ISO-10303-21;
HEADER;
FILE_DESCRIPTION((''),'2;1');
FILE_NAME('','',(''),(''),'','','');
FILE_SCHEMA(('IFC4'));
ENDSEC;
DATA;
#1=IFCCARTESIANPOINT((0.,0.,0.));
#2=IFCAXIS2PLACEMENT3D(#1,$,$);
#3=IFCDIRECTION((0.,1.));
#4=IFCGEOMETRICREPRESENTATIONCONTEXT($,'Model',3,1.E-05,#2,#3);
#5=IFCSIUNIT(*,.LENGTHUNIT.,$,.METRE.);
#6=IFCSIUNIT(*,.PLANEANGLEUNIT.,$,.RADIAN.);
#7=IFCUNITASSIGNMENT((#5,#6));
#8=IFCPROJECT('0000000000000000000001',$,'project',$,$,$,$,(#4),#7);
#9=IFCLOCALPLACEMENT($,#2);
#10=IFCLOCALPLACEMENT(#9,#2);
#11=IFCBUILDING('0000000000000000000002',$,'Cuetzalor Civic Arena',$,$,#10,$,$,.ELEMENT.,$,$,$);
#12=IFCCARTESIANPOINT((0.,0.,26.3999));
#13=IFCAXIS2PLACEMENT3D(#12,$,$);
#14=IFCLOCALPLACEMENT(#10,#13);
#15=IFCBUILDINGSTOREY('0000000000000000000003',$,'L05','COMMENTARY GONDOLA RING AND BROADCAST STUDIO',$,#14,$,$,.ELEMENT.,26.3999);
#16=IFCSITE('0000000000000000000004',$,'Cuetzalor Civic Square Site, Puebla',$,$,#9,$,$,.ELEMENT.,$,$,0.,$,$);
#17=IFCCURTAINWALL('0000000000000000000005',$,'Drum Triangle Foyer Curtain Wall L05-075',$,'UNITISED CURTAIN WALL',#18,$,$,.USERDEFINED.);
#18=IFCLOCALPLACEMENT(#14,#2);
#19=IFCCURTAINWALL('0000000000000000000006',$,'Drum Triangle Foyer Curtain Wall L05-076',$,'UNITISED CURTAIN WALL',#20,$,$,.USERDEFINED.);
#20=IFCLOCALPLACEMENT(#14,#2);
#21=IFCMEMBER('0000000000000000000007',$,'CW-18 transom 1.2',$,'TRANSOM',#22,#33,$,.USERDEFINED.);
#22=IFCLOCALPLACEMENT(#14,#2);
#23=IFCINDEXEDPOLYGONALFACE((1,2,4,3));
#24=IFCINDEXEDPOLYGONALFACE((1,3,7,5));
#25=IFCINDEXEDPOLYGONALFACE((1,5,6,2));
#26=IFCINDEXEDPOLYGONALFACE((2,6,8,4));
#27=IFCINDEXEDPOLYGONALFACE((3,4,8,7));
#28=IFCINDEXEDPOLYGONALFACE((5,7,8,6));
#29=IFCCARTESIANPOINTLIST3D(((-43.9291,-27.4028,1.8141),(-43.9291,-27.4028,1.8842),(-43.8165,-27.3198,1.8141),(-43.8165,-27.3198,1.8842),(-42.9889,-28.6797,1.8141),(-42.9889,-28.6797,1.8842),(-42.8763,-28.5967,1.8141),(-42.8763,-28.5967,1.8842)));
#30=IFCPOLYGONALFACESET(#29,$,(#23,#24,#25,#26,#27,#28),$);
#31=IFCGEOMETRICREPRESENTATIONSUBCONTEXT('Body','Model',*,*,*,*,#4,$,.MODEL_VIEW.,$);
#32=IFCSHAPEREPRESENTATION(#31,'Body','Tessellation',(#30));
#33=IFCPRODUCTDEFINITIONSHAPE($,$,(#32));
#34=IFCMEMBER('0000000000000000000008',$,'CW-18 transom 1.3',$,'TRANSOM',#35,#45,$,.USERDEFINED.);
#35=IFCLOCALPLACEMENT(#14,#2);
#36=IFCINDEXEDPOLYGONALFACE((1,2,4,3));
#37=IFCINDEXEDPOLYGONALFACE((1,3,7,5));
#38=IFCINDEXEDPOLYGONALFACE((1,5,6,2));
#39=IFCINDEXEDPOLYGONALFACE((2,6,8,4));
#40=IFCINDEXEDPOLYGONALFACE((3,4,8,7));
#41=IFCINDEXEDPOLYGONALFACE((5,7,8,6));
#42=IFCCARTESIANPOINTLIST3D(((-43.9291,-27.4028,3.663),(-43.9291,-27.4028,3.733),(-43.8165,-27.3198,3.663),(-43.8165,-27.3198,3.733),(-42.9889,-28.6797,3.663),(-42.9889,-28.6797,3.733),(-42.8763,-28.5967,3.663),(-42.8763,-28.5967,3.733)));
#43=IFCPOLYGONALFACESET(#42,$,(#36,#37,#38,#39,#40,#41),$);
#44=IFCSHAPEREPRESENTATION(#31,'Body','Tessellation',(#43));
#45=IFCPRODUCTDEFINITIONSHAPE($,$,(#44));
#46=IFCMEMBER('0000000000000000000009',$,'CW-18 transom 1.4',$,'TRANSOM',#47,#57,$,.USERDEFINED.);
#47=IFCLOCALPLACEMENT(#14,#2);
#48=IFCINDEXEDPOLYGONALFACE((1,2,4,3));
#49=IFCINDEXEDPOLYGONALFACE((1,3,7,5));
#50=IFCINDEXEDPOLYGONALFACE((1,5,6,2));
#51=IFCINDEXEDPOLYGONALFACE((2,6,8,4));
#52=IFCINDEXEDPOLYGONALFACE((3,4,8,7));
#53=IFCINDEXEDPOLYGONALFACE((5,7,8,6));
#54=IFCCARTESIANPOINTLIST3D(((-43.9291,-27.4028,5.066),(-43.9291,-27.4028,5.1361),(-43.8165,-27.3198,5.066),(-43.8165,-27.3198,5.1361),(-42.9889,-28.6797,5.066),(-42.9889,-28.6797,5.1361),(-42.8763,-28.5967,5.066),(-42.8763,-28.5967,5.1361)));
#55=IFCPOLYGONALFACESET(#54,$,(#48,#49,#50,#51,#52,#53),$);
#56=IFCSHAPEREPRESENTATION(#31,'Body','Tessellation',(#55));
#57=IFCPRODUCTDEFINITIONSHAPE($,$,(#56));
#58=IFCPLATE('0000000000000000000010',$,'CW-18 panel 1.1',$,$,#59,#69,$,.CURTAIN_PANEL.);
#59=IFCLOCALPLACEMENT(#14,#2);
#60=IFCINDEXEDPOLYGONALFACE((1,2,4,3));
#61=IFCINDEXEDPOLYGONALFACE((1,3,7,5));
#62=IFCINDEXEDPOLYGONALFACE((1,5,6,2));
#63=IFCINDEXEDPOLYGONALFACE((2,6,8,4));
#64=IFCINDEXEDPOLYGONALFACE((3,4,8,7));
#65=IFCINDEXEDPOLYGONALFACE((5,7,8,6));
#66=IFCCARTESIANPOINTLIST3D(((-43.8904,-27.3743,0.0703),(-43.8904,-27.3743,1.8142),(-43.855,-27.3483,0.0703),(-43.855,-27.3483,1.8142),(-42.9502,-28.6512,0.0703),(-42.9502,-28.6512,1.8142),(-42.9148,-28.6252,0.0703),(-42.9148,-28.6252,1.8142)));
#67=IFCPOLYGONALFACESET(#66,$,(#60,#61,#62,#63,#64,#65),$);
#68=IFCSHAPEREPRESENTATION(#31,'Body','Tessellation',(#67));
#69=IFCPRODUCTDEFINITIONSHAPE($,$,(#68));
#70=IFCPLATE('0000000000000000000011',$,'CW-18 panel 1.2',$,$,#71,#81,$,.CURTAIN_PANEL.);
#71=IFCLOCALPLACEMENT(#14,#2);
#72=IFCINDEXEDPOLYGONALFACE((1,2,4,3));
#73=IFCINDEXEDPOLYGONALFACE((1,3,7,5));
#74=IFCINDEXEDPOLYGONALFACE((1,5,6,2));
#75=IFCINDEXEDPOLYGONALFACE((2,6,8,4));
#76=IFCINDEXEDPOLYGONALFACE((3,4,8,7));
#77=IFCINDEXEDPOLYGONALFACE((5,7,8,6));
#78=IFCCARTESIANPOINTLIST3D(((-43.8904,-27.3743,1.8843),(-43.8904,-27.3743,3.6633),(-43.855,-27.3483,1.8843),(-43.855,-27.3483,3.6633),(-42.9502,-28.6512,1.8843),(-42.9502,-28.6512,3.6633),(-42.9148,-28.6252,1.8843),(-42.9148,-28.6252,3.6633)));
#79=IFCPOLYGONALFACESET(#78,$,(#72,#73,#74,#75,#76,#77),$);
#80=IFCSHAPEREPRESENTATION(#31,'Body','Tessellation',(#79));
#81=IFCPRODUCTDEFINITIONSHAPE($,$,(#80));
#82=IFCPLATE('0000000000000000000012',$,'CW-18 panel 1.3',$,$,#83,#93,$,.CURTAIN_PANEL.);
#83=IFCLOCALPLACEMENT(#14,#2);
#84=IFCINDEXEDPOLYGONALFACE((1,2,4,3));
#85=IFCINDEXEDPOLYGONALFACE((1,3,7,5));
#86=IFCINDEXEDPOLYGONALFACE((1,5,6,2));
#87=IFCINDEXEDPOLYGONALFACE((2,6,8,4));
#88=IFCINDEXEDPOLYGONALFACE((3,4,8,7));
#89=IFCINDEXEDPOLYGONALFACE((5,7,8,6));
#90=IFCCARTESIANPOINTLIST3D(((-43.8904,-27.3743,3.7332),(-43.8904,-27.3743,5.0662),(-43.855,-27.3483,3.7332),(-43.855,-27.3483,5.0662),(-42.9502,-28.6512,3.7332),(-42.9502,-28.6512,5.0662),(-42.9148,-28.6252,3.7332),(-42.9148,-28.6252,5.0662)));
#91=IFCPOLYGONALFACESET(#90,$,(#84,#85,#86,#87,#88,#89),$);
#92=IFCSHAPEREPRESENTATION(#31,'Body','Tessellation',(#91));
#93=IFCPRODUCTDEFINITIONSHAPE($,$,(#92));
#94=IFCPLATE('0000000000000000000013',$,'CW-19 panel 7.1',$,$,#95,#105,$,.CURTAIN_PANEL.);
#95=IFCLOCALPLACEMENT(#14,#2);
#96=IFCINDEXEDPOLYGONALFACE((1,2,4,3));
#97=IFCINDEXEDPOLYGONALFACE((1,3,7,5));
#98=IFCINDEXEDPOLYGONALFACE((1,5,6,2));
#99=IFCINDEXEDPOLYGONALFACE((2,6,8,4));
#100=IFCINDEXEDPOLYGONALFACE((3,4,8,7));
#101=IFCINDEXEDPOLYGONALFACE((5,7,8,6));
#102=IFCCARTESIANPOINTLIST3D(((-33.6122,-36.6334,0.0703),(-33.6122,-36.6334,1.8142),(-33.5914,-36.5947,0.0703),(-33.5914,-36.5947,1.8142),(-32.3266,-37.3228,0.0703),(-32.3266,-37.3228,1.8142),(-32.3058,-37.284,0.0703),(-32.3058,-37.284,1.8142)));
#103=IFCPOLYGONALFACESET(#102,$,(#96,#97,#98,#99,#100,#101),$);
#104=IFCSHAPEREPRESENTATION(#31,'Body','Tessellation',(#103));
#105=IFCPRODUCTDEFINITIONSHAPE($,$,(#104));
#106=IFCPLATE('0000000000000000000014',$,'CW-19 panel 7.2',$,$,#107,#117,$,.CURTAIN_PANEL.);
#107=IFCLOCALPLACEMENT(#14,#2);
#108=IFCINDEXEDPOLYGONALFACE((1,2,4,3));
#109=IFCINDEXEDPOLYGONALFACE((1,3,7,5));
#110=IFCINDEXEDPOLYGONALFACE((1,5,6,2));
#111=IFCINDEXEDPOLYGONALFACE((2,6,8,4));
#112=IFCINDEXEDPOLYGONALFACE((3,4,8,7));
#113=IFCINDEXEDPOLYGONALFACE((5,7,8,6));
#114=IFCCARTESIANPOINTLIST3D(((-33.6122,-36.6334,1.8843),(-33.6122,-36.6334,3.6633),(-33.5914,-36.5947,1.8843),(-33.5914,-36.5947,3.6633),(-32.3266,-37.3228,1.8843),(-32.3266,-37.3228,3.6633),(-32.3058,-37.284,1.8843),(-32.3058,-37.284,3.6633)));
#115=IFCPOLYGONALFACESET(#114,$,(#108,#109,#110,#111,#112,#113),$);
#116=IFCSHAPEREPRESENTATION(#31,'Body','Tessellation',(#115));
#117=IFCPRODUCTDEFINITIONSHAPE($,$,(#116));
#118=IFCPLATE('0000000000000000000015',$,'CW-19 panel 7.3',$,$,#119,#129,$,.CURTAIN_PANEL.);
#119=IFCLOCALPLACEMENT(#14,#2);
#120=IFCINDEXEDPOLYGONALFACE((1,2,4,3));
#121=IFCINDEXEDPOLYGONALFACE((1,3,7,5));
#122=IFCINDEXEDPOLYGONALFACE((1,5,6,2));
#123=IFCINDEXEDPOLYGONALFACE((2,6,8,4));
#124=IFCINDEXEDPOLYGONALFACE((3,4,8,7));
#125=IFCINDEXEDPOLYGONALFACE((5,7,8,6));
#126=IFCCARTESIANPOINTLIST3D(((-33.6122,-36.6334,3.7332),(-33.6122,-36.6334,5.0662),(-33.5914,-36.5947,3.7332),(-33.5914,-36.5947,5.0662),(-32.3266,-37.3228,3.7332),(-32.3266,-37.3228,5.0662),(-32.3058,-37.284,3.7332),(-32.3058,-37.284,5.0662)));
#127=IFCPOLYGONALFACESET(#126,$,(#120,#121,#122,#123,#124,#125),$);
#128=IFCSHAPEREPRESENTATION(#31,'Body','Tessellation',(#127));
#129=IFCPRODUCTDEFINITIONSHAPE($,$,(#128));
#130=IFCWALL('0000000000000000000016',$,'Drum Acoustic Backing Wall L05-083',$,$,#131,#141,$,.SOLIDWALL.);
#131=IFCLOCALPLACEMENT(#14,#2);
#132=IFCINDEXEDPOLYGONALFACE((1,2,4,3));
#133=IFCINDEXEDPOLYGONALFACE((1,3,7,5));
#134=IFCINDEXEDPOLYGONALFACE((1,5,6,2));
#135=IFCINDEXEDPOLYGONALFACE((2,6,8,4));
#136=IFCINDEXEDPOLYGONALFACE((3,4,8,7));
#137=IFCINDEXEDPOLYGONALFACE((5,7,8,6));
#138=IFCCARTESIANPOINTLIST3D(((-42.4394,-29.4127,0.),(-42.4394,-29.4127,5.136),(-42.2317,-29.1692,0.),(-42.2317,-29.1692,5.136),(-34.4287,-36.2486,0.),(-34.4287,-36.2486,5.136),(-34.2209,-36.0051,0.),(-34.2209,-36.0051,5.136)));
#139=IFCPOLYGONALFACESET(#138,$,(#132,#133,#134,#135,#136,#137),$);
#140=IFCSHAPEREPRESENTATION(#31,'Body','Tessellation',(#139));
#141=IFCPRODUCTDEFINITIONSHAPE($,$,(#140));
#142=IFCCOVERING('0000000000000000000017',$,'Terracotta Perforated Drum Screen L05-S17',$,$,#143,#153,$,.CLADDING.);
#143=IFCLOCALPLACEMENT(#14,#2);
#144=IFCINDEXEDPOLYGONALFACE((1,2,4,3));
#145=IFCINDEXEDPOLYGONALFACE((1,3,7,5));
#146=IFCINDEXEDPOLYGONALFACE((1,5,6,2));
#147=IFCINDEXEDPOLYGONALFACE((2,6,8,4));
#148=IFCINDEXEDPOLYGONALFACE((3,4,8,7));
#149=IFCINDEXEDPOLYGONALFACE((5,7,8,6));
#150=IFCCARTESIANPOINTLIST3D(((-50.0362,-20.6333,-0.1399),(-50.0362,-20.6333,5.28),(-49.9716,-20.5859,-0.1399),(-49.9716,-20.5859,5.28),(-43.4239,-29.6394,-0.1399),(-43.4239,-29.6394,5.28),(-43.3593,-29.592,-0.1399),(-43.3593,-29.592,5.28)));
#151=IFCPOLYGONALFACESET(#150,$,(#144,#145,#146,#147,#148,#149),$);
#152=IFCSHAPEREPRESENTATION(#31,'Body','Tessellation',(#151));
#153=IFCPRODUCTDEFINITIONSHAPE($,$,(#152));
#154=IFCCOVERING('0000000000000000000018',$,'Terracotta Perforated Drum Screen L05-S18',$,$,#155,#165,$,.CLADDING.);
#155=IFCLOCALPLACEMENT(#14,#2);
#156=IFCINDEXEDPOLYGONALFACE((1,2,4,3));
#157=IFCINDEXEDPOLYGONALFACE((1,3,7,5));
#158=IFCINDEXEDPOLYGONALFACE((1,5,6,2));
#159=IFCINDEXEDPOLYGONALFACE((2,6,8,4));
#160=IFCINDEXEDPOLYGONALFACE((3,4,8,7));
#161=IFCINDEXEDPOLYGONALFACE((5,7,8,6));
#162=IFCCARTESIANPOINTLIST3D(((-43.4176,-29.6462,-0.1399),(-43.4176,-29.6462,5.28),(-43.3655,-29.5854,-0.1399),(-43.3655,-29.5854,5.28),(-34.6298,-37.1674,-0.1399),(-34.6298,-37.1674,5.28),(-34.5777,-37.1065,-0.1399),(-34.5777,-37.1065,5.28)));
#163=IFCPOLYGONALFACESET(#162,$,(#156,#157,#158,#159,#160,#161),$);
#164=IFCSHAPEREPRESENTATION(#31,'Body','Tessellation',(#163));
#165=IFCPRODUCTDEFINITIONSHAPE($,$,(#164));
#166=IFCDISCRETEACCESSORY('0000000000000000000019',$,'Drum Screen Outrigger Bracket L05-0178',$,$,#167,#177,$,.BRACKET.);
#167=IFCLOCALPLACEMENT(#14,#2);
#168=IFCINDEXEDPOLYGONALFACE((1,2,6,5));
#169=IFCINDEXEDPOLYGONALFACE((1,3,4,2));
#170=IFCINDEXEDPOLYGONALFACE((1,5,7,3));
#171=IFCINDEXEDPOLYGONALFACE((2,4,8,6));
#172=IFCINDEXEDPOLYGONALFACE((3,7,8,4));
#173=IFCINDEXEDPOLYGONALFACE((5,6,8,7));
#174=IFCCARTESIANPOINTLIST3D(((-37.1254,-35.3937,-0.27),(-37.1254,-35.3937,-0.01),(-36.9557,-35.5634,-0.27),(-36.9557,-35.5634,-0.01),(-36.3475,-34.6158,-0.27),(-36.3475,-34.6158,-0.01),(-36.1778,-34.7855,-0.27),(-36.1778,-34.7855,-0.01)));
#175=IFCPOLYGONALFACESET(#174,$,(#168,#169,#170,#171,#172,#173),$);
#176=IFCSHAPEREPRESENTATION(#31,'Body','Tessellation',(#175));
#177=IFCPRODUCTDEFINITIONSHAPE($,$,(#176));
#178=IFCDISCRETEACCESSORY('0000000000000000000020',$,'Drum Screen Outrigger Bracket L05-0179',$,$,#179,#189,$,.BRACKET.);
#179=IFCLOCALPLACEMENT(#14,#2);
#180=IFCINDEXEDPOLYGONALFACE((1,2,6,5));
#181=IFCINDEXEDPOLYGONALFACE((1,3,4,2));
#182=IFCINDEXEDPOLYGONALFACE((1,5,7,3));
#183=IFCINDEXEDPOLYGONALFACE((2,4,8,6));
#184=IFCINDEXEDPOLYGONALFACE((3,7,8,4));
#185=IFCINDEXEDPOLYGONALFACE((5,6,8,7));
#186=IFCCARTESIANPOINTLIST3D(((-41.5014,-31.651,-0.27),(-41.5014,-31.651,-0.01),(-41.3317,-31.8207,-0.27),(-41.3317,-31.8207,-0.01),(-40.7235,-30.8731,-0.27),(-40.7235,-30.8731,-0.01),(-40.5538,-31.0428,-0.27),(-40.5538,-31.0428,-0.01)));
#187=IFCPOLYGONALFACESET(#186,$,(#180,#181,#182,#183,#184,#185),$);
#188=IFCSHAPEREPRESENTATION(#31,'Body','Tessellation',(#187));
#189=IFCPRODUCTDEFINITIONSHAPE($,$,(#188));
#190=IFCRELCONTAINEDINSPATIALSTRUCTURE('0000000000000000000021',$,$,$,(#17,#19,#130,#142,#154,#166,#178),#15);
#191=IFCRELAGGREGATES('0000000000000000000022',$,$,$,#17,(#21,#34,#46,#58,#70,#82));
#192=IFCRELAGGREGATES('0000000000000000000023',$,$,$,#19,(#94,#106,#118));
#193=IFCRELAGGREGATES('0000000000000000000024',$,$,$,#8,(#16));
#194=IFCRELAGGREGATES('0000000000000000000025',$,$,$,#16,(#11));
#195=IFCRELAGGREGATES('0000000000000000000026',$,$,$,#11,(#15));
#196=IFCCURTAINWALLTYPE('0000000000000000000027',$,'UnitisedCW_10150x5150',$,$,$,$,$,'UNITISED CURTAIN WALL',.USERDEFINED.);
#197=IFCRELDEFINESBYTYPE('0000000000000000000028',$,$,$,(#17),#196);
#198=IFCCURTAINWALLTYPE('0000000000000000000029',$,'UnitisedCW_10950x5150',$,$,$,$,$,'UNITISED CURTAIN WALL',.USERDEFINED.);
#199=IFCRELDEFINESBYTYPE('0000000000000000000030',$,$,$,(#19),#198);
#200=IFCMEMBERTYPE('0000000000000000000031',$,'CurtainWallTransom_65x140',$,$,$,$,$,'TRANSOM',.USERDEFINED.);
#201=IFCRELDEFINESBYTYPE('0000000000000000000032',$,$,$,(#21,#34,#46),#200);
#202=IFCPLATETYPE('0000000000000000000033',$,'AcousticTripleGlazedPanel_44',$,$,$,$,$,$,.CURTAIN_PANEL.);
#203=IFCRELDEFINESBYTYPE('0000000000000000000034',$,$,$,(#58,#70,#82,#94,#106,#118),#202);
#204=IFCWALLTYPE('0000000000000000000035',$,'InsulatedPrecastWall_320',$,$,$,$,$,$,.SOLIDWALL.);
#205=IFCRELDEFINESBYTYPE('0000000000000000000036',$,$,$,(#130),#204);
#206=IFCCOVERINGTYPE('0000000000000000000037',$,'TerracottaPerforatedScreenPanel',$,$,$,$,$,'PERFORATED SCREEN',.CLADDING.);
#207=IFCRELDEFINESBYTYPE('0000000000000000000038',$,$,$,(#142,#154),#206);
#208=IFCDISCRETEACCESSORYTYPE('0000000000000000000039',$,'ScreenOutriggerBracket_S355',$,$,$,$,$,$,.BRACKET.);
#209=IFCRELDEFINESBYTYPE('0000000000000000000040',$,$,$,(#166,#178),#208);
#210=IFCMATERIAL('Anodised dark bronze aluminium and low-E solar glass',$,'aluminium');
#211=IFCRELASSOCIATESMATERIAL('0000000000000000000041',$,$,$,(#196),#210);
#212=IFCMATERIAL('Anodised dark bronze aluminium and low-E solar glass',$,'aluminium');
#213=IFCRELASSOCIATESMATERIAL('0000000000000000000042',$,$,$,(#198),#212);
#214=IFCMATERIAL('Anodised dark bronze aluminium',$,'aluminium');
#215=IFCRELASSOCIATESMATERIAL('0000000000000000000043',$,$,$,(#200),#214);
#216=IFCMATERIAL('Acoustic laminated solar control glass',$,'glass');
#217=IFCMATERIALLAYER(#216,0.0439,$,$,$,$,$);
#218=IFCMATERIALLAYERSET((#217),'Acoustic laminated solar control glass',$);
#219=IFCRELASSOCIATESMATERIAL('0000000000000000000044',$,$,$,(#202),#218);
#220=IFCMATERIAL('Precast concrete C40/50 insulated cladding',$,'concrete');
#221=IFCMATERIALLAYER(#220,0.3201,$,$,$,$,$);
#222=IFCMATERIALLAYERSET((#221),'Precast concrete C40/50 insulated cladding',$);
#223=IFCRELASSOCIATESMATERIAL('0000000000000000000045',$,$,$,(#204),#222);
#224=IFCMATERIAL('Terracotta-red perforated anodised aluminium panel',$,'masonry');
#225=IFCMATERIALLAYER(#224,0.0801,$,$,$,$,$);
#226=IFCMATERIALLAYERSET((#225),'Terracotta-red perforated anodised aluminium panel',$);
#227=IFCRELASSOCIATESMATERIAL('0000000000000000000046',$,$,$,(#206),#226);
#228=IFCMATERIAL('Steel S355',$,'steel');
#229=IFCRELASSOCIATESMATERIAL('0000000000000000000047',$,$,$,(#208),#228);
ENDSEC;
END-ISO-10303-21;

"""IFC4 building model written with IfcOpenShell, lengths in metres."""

from ifc_helpers import new_model, si_unit, direction, frame, frame_2d, origin, origin_2d, place, context, subcontext, project, spatial, rectangle, extrude, material, layer, layer_set, material_profile, profile_set, type_object, element, aggregate, save


model = new_model("IFC4")

# Units and contexts
model_context = context("Model", 3, precision=1e-05, world=origin(), true_north=direction((0.0, 1.0)))
body_context = subcontext(model_context, "Body", "Model", "MODEL_VIEW")
ifc_project = project(units=[si_unit("LENGTHUNIT", "METRE"), si_unit("PLANEANGLEUNIT", "RADIAN")], contexts=[model_context])

# Site, building, storey
site_placement = place(None, origin())
site = spatial("IfcSite", under=ifc_project, at=site_placement, Name="Cuetzalor Civic Square Site, Puebla", CompositionType="ELEMENT", RefElevation=0.0)
building_placement = place(site_placement, origin())
building = spatial("IfcBuilding", under=site, at=building_placement, Name="Cuetzalor Civic Arena", CompositionType="ELEMENT")
storey_placement = place(building_placement, frame((0.0, 0.0, 26.3999)))
storey = spatial("IfcBuildingStorey", under=building, at=storey_placement, Name="L05", Description="COMMENTARY GONDOLA RING AND BROADCAST STUDIO", CompositionType="ELEMENT", Elevation=26.3999)

# Curtain walls
ifc_material_1 = material(Name="Anodised dark bronze aluminium and low-E solar glass", Category="aluminium")
curtain_wall_type_1 = type_object("IfcCurtainWallType", Name="UnitisedCW_10150x5150", ElementType="UNITISED CURTAIN WALL", PredefinedType="USERDEFINED", material=ifc_material_1)
curtain_wall_1_placement = place(storey_placement, origin())
curtain_wall_1 = element("IfcCurtainWall", 1, at=curtain_wall_1_placement, inside=storey, type_object=curtain_wall_type_1, Name="Drum Triangle Foyer Curtain Wall L05-075", ObjectType="UNITISED CURTAIN WALL", PredefinedType="USERDEFINED")
ifc_material_2 = material(Name="Anodised dark bronze aluminium and low-E solar glass", Category="aluminium")
curtain_wall_type_2 = type_object("IfcCurtainWallType", Name="UnitisedCW_10950x5150", ElementType="UNITISED CURTAIN WALL", PredefinedType="USERDEFINED", material=ifc_material_2)
curtain_wall_2_placement = place(storey_placement, origin())
curtain_wall_2 = element("IfcCurtainWall", 2, at=curtain_wall_2_placement, inside=storey, type_object=curtain_wall_type_2, Name="Drum Triangle Foyer Curtain Wall L05-076", ObjectType="UNITISED CURTAIN WALL", PredefinedType="USERDEFINED")

# Members
ifc_material_3 = material(Name="Anodised dark bronze aluminium", Category="aluminium")
ifc_material_profile_1 = material_profile(ifc_material_3, rectangle(XDim=0.1399, YDim=0.0701, at=origin_2d()), Name="ALU TRANSOM 70x140")
ifc_profile_set_1 = profile_set([ifc_material_profile_1], Name="Anodised dark bronze aluminium")
member_type_1 = type_object("IfcMemberType", Name="CurtainWallTransom_65x140", ElementType="TRANSOM", PredefinedType="USERDEFINED", material=ifc_profile_set_1)
member_1_placement = place(storey_placement, frame((-42.9326, -28.6382, 1.8491), z_axis=(-0.592931, 0.805253, 0.0), x_axis=(-0.805253, -0.592931, 0.0)))
member_1 = element("IfcMember", 3, at=member_1_placement, type_object=member_type_1, Name="CW-18 transom 1.2", ObjectType="TRANSOM", PredefinedType="USERDEFINED", context=body_context, shape_type="SweptSolid", body=[
    extrude(rectangle(XDim=0.1399, YDim=0.0701, at=origin_2d()), origin(), (0.0, 0.0, 1.0), 1.5857),
])
member_2_placement = place(storey_placement, frame((-42.9326, -28.6382, 3.698), z_axis=(-0.592931, 0.805253, 0.0), x_axis=(-0.805253, -0.592931, 0.0)))
member_2 = element("IfcMember", 4, at=member_2_placement, type_object=member_type_1, Name="CW-18 transom 1.3", ObjectType="TRANSOM", PredefinedType="USERDEFINED", context=body_context, shape_type="SweptSolid", body=[
    extrude(rectangle(XDim=0.1399, YDim=0.0701, at=origin_2d()), origin(), (0.0, 0.0, 1.0), 1.5857),
])
member_3_placement = place(storey_placement, frame((-42.9326, -28.6382, 5.1011), z_axis=(-0.592931, 0.805253, 0.0), x_axis=(-0.805253, -0.592931, 0.0)))
member_3 = element("IfcMember", 5, at=member_3_placement, type_object=member_type_1, Name="CW-18 transom 1.4", ObjectType="TRANSOM", PredefinedType="USERDEFINED", context=body_context, shape_type="SweptSolid", body=[
    extrude(rectangle(XDim=0.1399, YDim=0.0701, at=origin_2d()), origin(), (0.0, 0.0, 1.0), 1.5857),
])

# Plates
ifc_material_4 = material(Name="Acoustic laminated solar control glass", Category="glass")
ifc_layer_1 = layer(ifc_material_4, 0.0439)
ifc_layer_set_1 = layer_set([ifc_layer_1], Name="Acoustic laminated solar control glass")
plate_type = type_object("IfcPlateType", Name="AcousticTripleGlazedPanel_44", PredefinedType="CURTAIN_PANEL", material=ifc_layer_set_1)
plate_1_placement = place(storey_placement, frame((-43.4026, -27.9998, 0.0703), z_axis=(0.0, 0.0, 1.0), x_axis=(-0.592929, 0.805255, 0.0)))
plate_1 = element("IfcPlate", 6, at=plate_1_placement, type_object=plate_type, Name="CW-18 panel 1.1", PredefinedType="CURTAIN_PANEL", context=body_context, shape_type="SweptSolid", body=[
    extrude(rectangle(XDim=1.5857, YDim=0.0439, at=origin_2d()), origin(), (0.0, 0.0, 1.0), 1.7439),
])
plate_2_placement = place(storey_placement, frame((-43.4026, -27.9998, 1.8843), z_axis=(0.0, 0.0, 1.0), x_axis=(-0.592929, 0.805255, 0.0)))
plate_2 = element("IfcPlate", 7, at=plate_2_placement, type_object=plate_type, Name="CW-18 panel 1.2", PredefinedType="CURTAIN_PANEL", context=body_context, shape_type="SweptSolid", body=[
    extrude(rectangle(XDim=1.5857, YDim=0.0439, at=origin_2d()), origin(), (0.0, 0.0, 1.0), 1.7791),
])
plate_3_placement = place(storey_placement, frame((-43.4026, -27.9998, 3.7332), z_axis=(0.0, 0.0, 1.0), x_axis=(-0.592929, 0.805255, 0.0)))
plate_3 = element("IfcPlate", 8, at=plate_3_placement, type_object=plate_type, Name="CW-18 panel 1.3", PredefinedType="CURTAIN_PANEL", context=body_context, shape_type="SweptSolid", body=[
    extrude(rectangle(XDim=1.5857, YDim=0.0439, at=origin_2d()), origin(), (0.0, 0.0, 1.0), 1.333),
])
aggregate(curtain_wall_1, [member_1, member_2, member_3, plate_1, plate_2, plate_3])
plate_4_placement = place(storey_placement, frame((-32.959, -36.9587, 0.0703), z_axis=(0.0, 0.0, 1.0), x_axis=(-0.881306, 0.472545, 0.0)))
plate_4 = element("IfcPlate", 9, at=plate_4_placement, type_object=plate_type, Name="CW-19 panel 7.1", PredefinedType="CURTAIN_PANEL", context=body_context, shape_type="SweptSolid", body=[
    extrude(rectangle(XDim=1.4587, YDim=0.0439, at=origin_2d()), origin(), (0.0, 0.0, 1.0), 1.7439),
])
plate_5_placement = place(storey_placement, frame((-32.959, -36.9587, 1.8843), z_axis=(0.0, 0.0, 1.0), x_axis=(-0.881306, 0.472545, 0.0)))
plate_5 = element("IfcPlate", 10, at=plate_5_placement, type_object=plate_type, Name="CW-19 panel 7.2", PredefinedType="CURTAIN_PANEL", context=body_context, shape_type="SweptSolid", body=[
    extrude(rectangle(XDim=1.4587, YDim=0.0439, at=origin_2d()), origin(), (0.0, 0.0, 1.0), 1.7791),
])
plate_6_placement = place(storey_placement, frame((-32.959, -36.9587, 3.7332), z_axis=(0.0, 0.0, 1.0), x_axis=(-0.881306, 0.472545, 0.0)))
plate_6 = element("IfcPlate", 11, at=plate_6_placement, type_object=plate_type, Name="CW-19 panel 7.3", PredefinedType="CURTAIN_PANEL", context=body_context, shape_type="SweptSolid", body=[
    extrude(rectangle(XDim=1.4587, YDim=0.0439, at=origin_2d()), origin(), (0.0, 0.0, 1.0), 1.333),
])
aggregate(curtain_wall_2, [plate_4, plate_5, plate_6])

# Wall
ifc_material_5 = material(Name="Precast concrete C40/50 insulated cladding", Category="concrete")
ifc_layer_2 = layer(ifc_material_5, 0.3201)
ifc_layer_set_2 = layer_set([ifc_layer_2], Name="Precast concrete C40/50 insulated cladding")
wall_type = type_object("IfcWallType", Name="InsulatedPrecastWall_320", PredefinedType="SOLIDWALL", material=ifc_layer_set_2)
wall_placement = place(storey_placement, frame((-34.3247, -36.127, 0.0), z_axis=(0.0, 0.0, 1.0), x_axis=(-0.760682, 0.649125, 0.0)))
element("IfcWall", 12, at=wall_placement, inside=storey, type_object=wall_type, Name="Drum Acoustic Backing Wall L05-083", PredefinedType="SOLIDWALL", context=body_context, shape_type="SweptSolid", body=[
    extrude(rectangle(XDim=10.531, YDim=0.3201, at=frame_2d((5.2656, 0.0))), origin(), (0.0, 0.0, 1.0), 5.136),
])

# Coverings
ifc_material_6 = material(Name="Terracotta-red perforated anodised aluminium panel", Category="masonry")
ifc_layer_3 = layer(ifc_material_6, 0.0801)
ifc_layer_set_3 = layer_set([ifc_layer_3], Name="Terracotta-red perforated anodised aluminium panel")
covering_type = type_object("IfcCoveringType", Name="TerracottaPerforatedScreenPanel", ElementType="PERFORATED SCREEN", PredefinedType="CLADDING", material=ifc_layer_set_3)
covering_1_placement = place(storey_placement, frame((-43.3916, -29.6157, -0.1399), z_axis=(0.0, 0.0, 1.0), x_axis=(-0.591819, 0.806071, 0.0)))
element("IfcCovering", 13, at=covering_1_placement, inside=storey, type_object=covering_type, Name="Terracotta Perforated Drum Screen L05-S17", PredefinedType="CLADDING", context=body_context, shape_type="SweptSolid", body=[
    extrude(rectangle(XDim=11.1729, YDim=0.0801, at=frame_2d((5.5864, 0.0))), origin(), (0.0, 0.0, 1.0), 5.4199),
])
covering_2_placement = place(storey_placement, frame((-34.6038, -37.137, -0.1399), z_axis=(0.0, 0.0, 1.0), x_axis=(-0.759735, 0.650233, 0.0)))
element("IfcCovering", 14, at=covering_2_placement, inside=storey, type_object=covering_type, Name="Terracotta Perforated Drum Screen L05-S18", PredefinedType="CLADDING", context=body_context, shape_type="SweptSolid", body=[
    extrude(rectangle(XDim=11.5669, YDim=0.0801, at=frame_2d((5.7834, 0.0))), origin(), (0.0, 0.0, 1.0), 5.4199),
])

# Discrete accessories
ifc_material_7 = material(Name="Steel S355", Category="steel")
discrete_accessory_type = type_object("IfcDiscreteAccessoryType", Name="ScreenOutriggerBracket_S355", PredefinedType="BRACKET", material=ifc_material_7)
for number, where, z_axis, x_axis, name in (
    (15, (-36.6516, -35.0896, -0.27), (0.0, 0.0, 1.0), (-0.707107, -0.707107, 0.0), "Drum Screen Outrigger Bracket L05-0178"),
    (16, (-41.0276, -31.3469, -0.27), (0.0, 0.0, 1.0), (-0.707107, -0.707107, 0.0), "Drum Screen Outrigger Bracket L05-0179"),
):
    element("IfcDiscreteAccessory", number, at=place(storey_placement, frame(where, z_axis=z_axis, x_axis=x_axis)), inside=storey, type_object=discrete_accessory_type, Name=name, PredefinedType="BRACKET", context=body_context, shape_type="SweptSolid", body=[
        extrude(rectangle(XDim=1.1001, YDim=0.24, at=origin_2d()), origin(), (0.0, 0.0, 1.0), 0.26),
    ])

save(model, "model.ifc")
